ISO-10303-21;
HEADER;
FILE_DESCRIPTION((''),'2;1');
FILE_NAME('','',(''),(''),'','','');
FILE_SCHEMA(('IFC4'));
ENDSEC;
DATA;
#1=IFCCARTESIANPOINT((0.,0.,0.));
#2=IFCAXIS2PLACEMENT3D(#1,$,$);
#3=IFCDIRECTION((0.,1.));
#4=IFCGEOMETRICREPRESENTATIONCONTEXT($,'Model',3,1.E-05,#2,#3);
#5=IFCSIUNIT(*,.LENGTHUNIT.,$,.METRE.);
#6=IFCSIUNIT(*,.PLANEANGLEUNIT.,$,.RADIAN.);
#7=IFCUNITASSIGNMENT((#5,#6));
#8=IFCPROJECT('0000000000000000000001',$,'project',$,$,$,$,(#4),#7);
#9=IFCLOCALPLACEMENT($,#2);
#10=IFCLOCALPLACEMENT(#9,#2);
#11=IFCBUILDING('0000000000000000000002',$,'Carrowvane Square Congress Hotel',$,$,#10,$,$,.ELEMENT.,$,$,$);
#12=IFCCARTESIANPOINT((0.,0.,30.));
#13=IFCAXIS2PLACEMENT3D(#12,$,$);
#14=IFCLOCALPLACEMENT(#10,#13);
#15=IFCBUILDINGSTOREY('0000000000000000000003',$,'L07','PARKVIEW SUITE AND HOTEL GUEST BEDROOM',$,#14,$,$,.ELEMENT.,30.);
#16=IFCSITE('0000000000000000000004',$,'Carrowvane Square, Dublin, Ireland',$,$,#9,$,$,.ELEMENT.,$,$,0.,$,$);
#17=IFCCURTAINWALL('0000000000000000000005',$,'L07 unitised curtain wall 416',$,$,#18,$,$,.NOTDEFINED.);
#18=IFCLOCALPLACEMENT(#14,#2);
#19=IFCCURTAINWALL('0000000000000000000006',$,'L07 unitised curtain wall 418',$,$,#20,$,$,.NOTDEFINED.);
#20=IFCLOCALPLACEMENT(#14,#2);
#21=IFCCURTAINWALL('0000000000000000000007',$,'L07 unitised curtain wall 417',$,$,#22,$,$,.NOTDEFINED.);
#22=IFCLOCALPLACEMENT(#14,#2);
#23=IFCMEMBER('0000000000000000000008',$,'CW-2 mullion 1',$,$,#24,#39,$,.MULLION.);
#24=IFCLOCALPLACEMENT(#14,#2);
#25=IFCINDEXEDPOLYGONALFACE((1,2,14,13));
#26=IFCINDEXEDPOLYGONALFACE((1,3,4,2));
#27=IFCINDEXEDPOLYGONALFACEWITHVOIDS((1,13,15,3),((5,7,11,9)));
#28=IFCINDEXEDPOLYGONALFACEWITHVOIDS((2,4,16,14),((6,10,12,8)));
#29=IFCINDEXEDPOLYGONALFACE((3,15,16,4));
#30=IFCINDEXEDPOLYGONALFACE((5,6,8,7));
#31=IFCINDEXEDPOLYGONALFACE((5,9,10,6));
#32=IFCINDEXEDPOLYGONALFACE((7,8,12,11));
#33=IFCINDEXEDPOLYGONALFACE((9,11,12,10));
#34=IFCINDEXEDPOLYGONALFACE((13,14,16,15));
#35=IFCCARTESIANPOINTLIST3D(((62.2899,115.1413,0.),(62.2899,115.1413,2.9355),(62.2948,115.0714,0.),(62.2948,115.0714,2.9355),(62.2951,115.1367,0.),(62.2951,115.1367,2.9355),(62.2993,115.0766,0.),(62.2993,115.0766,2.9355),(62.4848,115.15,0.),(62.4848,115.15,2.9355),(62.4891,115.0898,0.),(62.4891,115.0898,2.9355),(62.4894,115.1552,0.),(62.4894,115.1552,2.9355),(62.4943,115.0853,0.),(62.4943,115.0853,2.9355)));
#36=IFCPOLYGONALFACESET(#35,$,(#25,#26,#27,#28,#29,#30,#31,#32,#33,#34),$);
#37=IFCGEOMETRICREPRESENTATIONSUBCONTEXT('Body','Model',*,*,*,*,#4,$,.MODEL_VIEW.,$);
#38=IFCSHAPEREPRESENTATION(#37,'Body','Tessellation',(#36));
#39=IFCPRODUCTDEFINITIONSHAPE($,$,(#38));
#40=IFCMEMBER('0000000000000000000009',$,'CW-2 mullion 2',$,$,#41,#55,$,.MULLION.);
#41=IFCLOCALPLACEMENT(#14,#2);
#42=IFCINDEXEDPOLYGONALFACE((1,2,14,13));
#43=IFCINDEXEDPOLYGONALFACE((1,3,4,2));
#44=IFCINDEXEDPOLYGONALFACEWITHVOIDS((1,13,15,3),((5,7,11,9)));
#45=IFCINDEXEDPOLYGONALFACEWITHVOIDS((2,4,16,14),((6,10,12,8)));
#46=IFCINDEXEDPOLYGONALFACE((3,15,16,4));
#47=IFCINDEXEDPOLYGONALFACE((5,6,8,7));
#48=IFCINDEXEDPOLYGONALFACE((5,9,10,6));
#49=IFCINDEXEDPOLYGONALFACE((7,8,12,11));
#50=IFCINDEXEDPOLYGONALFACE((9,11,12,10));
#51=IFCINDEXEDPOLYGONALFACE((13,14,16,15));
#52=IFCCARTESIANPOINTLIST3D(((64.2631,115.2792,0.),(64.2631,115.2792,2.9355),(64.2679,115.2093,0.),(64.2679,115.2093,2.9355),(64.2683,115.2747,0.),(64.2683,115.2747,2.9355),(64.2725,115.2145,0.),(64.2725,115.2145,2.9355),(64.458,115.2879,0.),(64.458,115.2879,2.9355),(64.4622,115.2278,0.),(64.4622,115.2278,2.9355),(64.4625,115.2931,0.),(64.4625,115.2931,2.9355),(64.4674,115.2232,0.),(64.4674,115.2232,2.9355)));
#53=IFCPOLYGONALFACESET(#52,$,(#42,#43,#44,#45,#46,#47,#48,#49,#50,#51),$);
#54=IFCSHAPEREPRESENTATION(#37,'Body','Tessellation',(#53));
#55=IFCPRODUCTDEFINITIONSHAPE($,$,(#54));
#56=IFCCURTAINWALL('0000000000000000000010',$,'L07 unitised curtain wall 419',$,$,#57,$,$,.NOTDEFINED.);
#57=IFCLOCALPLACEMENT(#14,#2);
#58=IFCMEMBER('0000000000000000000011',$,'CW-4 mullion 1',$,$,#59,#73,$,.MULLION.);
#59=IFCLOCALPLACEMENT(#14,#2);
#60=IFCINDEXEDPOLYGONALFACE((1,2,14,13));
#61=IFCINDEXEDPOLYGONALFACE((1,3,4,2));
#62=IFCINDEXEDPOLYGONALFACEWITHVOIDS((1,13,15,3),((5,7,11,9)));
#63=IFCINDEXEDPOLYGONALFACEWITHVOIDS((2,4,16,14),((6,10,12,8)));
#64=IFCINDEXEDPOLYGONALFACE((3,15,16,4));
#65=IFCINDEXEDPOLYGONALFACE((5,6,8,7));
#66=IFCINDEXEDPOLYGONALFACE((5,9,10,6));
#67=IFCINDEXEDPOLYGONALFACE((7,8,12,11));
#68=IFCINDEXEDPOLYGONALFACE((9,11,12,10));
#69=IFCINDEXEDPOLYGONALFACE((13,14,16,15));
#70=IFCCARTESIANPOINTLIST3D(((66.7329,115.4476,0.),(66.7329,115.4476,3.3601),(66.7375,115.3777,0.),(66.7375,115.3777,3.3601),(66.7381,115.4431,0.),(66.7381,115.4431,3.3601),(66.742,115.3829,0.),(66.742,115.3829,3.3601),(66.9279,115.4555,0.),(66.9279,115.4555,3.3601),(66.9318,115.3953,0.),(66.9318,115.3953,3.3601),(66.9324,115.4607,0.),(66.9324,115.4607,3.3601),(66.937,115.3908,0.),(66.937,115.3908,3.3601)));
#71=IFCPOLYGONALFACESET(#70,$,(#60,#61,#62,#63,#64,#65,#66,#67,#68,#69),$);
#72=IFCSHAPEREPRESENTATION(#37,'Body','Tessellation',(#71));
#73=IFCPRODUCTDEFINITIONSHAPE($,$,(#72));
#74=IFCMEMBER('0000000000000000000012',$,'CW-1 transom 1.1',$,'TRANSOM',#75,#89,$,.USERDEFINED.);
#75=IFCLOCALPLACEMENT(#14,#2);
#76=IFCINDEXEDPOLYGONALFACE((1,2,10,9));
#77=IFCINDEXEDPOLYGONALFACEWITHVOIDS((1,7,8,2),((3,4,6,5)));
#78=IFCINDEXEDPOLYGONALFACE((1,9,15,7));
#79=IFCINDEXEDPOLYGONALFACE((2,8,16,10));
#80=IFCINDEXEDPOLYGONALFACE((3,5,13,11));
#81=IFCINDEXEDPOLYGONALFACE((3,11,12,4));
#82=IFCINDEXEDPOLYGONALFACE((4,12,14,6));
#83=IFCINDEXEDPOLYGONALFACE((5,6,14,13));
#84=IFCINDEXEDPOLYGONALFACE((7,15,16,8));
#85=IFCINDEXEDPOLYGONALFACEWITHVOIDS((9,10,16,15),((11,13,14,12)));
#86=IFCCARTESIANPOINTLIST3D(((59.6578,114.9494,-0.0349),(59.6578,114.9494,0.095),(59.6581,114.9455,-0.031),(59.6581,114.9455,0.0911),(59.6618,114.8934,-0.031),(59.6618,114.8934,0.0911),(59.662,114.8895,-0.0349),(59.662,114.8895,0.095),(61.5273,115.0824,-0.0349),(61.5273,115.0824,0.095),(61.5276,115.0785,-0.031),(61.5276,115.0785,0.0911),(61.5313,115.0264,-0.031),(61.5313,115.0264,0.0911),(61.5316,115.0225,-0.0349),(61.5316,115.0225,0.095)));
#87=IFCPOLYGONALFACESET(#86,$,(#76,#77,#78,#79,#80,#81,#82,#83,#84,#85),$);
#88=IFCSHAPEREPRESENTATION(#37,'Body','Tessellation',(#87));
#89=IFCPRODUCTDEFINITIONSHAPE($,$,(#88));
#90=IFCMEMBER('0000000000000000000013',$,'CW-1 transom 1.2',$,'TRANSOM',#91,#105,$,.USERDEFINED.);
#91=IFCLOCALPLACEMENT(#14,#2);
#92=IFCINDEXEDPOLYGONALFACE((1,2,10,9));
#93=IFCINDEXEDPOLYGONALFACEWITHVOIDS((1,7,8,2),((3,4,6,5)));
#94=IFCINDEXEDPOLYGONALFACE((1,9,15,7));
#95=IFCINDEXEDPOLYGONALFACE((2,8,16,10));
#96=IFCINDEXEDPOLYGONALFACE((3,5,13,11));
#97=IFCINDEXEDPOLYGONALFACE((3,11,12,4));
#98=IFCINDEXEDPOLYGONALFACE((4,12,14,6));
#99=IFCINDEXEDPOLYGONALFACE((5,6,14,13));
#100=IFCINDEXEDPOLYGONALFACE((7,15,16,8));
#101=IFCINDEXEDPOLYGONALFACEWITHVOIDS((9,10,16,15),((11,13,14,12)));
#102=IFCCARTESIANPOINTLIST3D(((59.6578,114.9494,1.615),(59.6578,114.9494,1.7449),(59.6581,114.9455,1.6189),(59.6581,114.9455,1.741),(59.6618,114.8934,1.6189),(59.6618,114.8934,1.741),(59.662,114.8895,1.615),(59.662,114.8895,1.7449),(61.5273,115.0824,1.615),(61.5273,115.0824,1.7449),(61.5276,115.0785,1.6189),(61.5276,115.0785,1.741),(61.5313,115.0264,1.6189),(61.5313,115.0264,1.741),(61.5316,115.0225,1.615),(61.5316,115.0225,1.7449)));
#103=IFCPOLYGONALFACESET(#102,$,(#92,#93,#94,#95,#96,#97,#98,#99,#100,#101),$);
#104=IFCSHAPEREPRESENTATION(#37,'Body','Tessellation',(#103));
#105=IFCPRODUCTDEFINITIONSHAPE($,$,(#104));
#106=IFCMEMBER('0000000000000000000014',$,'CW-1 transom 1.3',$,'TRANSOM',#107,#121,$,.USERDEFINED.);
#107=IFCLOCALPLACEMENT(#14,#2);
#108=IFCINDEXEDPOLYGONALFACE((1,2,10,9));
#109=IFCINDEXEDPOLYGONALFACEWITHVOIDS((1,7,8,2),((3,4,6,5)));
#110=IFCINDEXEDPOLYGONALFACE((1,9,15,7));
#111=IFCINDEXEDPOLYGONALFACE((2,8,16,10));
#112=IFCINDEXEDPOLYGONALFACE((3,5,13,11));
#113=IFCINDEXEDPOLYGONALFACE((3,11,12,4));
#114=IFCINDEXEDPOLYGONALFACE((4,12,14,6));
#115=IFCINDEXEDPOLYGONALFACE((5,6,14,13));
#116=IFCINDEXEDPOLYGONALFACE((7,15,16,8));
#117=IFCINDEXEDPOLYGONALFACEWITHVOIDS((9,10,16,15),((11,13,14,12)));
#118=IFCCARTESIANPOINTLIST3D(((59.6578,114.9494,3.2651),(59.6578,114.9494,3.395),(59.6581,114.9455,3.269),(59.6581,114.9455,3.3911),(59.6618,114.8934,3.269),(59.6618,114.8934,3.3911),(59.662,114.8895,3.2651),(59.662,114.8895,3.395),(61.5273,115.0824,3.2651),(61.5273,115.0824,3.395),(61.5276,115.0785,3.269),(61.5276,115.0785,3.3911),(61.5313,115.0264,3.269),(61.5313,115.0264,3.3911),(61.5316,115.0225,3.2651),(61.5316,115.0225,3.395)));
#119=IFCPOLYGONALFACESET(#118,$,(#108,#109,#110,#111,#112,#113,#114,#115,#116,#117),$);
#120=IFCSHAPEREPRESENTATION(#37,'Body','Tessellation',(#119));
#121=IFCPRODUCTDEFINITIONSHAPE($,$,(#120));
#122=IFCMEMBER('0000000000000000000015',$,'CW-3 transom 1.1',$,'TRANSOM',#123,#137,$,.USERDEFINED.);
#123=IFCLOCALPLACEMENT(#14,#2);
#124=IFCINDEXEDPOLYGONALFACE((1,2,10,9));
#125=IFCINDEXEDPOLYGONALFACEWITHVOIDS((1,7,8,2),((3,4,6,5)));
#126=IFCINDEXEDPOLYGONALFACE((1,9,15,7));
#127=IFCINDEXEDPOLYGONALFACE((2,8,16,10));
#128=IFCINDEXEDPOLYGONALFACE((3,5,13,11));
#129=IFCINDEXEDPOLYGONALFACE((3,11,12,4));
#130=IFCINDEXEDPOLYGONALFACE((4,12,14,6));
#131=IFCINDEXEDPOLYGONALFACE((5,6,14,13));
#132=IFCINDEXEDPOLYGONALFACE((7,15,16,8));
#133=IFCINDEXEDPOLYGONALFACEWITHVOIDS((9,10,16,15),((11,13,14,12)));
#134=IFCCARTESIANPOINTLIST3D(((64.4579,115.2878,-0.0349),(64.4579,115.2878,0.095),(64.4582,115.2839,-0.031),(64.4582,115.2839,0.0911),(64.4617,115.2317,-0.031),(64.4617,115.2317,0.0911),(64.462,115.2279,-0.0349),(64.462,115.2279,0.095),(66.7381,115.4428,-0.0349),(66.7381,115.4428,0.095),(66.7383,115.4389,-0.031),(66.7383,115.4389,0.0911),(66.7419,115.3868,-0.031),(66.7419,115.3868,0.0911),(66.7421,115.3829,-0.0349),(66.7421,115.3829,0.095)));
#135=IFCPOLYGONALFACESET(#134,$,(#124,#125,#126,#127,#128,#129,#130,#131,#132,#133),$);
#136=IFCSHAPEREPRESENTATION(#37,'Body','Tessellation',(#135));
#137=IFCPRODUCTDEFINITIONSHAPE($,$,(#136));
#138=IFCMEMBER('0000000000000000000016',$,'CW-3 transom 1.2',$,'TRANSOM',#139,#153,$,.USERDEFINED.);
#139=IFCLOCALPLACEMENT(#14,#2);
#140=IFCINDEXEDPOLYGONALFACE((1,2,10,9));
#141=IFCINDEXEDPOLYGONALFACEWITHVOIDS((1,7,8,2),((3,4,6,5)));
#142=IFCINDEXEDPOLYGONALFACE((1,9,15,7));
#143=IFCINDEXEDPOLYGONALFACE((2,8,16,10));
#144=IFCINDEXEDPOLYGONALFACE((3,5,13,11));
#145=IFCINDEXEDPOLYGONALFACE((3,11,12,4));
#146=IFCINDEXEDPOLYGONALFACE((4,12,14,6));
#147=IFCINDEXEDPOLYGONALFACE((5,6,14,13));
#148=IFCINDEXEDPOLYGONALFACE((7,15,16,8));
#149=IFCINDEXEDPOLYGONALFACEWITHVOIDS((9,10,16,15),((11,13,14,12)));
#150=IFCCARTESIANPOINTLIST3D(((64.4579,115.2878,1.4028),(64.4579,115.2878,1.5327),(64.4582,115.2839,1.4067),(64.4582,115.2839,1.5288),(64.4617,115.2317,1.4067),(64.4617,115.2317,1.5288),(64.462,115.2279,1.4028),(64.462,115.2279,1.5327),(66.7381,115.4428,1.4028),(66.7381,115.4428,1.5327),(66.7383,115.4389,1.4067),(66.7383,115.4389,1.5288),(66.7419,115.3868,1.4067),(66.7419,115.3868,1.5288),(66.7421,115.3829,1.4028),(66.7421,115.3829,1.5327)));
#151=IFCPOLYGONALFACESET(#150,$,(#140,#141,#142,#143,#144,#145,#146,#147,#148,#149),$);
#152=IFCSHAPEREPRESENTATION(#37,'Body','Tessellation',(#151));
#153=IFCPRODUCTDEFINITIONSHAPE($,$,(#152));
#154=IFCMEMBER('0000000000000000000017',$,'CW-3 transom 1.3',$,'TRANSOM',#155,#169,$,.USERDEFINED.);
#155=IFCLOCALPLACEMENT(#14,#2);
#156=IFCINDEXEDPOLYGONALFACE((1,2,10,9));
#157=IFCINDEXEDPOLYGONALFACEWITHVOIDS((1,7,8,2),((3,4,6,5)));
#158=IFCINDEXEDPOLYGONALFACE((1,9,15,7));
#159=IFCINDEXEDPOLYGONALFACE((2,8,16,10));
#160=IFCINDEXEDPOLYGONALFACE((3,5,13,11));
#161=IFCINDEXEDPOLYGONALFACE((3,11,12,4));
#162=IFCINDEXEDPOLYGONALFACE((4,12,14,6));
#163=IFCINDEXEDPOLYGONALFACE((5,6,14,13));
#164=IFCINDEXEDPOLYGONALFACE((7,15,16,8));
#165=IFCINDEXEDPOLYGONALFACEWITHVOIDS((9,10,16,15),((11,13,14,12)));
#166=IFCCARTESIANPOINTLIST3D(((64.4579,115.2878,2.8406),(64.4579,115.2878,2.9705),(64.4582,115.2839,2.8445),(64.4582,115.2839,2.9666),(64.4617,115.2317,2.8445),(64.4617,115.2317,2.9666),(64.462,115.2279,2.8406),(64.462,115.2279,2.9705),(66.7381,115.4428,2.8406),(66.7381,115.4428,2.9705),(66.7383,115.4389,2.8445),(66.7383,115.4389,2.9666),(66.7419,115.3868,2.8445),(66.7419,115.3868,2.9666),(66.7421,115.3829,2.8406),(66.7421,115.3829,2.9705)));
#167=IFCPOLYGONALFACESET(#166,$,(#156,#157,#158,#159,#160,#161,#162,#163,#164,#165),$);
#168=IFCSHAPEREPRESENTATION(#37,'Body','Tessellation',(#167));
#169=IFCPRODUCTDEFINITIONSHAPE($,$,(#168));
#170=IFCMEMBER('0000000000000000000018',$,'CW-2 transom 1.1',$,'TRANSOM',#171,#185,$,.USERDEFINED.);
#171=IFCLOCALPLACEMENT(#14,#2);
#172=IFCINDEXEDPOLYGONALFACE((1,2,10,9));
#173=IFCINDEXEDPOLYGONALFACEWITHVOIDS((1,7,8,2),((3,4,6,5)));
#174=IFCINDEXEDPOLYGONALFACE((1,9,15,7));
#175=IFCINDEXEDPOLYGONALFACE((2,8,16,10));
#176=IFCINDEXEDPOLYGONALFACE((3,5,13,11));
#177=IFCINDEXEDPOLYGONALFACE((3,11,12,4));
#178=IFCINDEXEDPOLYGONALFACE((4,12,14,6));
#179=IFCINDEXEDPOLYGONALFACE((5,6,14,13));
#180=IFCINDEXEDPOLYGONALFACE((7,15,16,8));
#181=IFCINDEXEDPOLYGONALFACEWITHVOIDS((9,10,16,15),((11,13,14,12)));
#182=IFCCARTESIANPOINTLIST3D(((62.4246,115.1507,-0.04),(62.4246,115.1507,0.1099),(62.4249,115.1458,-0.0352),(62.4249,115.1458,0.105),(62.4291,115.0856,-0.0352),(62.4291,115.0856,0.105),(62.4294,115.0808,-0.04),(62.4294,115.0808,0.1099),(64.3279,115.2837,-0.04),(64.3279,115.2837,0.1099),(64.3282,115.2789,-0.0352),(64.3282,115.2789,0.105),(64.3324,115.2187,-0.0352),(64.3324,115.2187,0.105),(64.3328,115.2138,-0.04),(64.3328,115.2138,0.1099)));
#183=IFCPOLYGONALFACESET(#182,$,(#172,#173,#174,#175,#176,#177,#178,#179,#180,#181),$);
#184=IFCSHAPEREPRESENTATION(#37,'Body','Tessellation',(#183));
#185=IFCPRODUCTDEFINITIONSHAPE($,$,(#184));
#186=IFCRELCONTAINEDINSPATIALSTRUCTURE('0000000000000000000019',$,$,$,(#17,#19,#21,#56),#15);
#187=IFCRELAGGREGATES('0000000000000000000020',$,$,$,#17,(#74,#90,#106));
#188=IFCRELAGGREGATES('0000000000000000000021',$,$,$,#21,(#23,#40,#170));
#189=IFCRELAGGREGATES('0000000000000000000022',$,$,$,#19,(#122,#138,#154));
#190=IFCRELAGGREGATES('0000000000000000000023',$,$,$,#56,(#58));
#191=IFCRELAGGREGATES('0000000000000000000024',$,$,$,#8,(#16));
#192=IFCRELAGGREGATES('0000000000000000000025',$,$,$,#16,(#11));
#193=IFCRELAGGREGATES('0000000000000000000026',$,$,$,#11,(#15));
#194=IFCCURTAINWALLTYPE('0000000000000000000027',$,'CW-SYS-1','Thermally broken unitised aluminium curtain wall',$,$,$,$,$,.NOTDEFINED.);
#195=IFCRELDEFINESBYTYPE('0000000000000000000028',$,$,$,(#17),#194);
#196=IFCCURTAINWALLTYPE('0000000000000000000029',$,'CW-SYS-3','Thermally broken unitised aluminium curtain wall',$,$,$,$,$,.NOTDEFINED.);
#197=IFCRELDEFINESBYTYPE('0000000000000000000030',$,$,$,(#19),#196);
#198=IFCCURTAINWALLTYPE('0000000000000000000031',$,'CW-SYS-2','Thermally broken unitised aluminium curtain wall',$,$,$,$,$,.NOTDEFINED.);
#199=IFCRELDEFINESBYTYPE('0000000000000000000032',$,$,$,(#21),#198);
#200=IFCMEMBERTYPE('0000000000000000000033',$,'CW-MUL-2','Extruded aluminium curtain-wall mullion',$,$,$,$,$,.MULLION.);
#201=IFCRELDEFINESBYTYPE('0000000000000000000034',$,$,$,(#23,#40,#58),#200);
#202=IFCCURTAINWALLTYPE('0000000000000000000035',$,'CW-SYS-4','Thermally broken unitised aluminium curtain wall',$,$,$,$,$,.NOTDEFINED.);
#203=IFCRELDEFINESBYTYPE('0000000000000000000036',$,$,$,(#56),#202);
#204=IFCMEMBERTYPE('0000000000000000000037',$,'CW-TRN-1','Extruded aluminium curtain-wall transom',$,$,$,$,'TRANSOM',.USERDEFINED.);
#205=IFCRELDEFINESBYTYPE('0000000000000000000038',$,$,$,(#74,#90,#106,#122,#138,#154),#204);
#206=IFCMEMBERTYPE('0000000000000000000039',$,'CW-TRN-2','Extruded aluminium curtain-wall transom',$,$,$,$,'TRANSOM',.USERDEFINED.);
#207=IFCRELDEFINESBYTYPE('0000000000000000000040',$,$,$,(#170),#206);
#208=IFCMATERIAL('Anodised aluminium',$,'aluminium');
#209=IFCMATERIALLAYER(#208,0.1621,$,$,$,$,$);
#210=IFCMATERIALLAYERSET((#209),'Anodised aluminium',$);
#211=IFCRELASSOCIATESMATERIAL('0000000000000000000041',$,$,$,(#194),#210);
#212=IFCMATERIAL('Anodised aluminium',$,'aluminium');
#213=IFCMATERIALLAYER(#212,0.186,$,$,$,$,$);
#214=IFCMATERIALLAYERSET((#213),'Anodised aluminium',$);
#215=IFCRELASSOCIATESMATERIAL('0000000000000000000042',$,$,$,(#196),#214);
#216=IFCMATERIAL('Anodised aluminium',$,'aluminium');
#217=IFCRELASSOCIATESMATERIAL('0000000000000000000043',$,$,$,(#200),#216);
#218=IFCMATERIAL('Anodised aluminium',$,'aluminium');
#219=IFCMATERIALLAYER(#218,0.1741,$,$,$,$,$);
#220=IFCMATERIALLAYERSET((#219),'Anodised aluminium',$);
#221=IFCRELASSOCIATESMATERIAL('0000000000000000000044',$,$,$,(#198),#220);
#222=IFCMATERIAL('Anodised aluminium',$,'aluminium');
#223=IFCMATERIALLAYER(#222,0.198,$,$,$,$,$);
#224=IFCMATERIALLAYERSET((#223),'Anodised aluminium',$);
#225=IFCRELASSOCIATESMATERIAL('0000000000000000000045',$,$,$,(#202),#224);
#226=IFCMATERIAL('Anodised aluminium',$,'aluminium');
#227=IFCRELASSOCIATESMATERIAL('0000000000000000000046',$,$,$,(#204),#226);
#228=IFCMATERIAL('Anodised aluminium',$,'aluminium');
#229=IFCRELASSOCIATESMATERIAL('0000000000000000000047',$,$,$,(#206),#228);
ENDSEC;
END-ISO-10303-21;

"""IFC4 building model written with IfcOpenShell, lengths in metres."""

from ifc_helpers import new_model, si_unit, direction, frame, origin, origin_2d, place, context, subcontext, project, spatial, hollow_rectangle, extrude, material, layer, layer_set, material_profile, profile_set, type_object, element, aggregate, save


model = new_model("IFC4")

# Units and contexts
model_context = context("Model", 3, precision=1e-05, world=origin(), true_north=direction((0.0, 1.0)))
body_context = subcontext(model_context, "Body", "Model", "MODEL_VIEW")
ifc_project = project(units=[si_unit("LENGTHUNIT", "METRE"), si_unit("PLANEANGLEUNIT", "RADIAN")], contexts=[model_context])

# Site, building, storey
site_placement = place(None, origin())
site = spatial("IfcSite", under=ifc_project, at=site_placement, Name="Carrowvane Square, Dublin, Ireland", CompositionType="ELEMENT", RefElevation=0.0)
building_placement = place(site_placement, origin())
building = spatial("IfcBuilding", under=site, at=building_placement, Name="Carrowvane Square Congress Hotel", CompositionType="ELEMENT")
storey_placement = place(building_placement, frame((0.0, 0.0, 30.0)))
storey = spatial("IfcBuildingStorey", under=building, at=storey_placement, Name="L07", Description="PARKVIEW SUITE AND HOTEL GUEST BEDROOM", CompositionType="ELEMENT", Elevation=30.0)

# Curtain walls
ifc_material_1 = material(Name="Anodised aluminium", Category="aluminium")
ifc_layer_1 = layer(ifc_material_1, 0.1621)
ifc_layer_set_1 = layer_set([ifc_layer_1], Name="Anodised aluminium")
curtain_wall_type_1 = type_object("IfcCurtainWallType", Name="CW-SYS-1", Description="Thermally broken unitised aluminium curtain wall", PredefinedType="NOTDEFINED", material=ifc_layer_set_1)
curtain_wall_1_placement = place(storey_placement, origin())
curtain_wall_1 = element("IfcCurtainWall", 1, at=curtain_wall_1_placement, inside=storey, type_object=curtain_wall_type_1, Name="L07 unitised curtain wall 416", PredefinedType="NOTDEFINED")
ifc_material_2 = material(Name="Anodised aluminium", Category="aluminium")
ifc_layer_2 = layer(ifc_material_2, 0.186)
ifc_layer_set_2 = layer_set([ifc_layer_2], Name="Anodised aluminium")
curtain_wall_type_2 = type_object("IfcCurtainWallType", Name="CW-SYS-3", Description="Thermally broken unitised aluminium curtain wall", PredefinedType="NOTDEFINED", material=ifc_layer_set_2)
curtain_wall_2_placement = place(storey_placement, origin())
curtain_wall_2 = element("IfcCurtainWall", 2, at=curtain_wall_2_placement, inside=storey, type_object=curtain_wall_type_2, Name="L07 unitised curtain wall 418", PredefinedType="NOTDEFINED")

# Shared definitions
ifc_material_3 = material(Name="Anodised aluminium", Category="aluminium")
ifc_material_profile_1 = material_profile(ifc_material_3, hollow_rectangle(XDim=0.0701, YDim=0.2, WallThickness=0.0049, at=origin_2d()), Name="CW-ML 70x200x5")
ifc_profile_set_1 = profile_set([ifc_material_profile_1], Name="Anodised aluminium")
member_type_1 = type_object("IfcMemberType", Name="CW-MUL-2", Description="Extruded aluminium curtain-wall mullion", PredefinedType="MULLION", material=ifc_profile_set_1)

# Curtain wall, members
ifc_material_4 = material(Name="Anodised aluminium", Category="aluminium")
ifc_layer_3 = layer(ifc_material_4, 0.1741)
ifc_layer_set_3 = layer_set([ifc_layer_3], Name="Anodised aluminium")
curtain_wall_type_3 = type_object("IfcCurtainWallType", Name="CW-SYS-2", Description="Thermally broken unitised aluminium curtain wall", PredefinedType="NOTDEFINED", material=ifc_layer_set_3)
curtain_wall_3_placement = place(storey_placement, origin())
curtain_wall_3 = element("IfcCurtainWall", 3, at=curtain_wall_3_placement, inside=storey, type_object=curtain_wall_type_3, Name="L07 unitised curtain wall 417", PredefinedType="NOTDEFINED")
member_1_placement = place(storey_placement, frame((62.3921, 115.1133, 0.0), z_axis=(0.0, 0.0, 1.0), x_axis=(-0.069724, 0.997566, 0.0)))
member_1 = element("IfcMember", 4, at=member_1_placement, type_object=member_type_1, Name="CW-2 mullion 1", PredefinedType="MULLION", context=body_context, shape_type="SweptSolid", body=[
    extrude(hollow_rectangle(XDim=0.0701, YDim=0.2, WallThickness=0.0049, at=origin_2d()), origin(), (0.0, 0.0, 1.0), 2.9355),
])
member_2_placement = place(storey_placement, frame((64.3652, 115.2512, 0.0), z_axis=(0.0, 0.0, 1.0), x_axis=(-0.069724, 0.997566, 0.0)))
member_2 = element("IfcMember", 5, at=member_2_placement, type_object=member_type_1, Name="CW-2 mullion 2", PredefinedType="MULLION", context=body_context, shape_type="SweptSolid", body=[
    extrude(hollow_rectangle(XDim=0.0701, YDim=0.2, WallThickness=0.0049, at=origin_2d()), origin(), (0.0, 0.0, 1.0), 2.9355),
])

# Curtain wall, member
ifc_material_5 = material(Name="Anodised aluminium", Category="aluminium")
ifc_layer_4 = layer(ifc_material_5, 0.198)
ifc_layer_set_4 = layer_set([ifc_layer_4], Name="Anodised aluminium")
curtain_wall_type_4 = type_object("IfcCurtainWallType", Name="CW-SYS-4", Description="Thermally broken unitised aluminium curtain wall", PredefinedType="NOTDEFINED", material=ifc_layer_set_4)
curtain_wall_4_placement = place(storey_placement, origin())
curtain_wall_4 = element("IfcCurtainWall", 6, at=curtain_wall_4_placement, inside=storey, type_object=curtain_wall_type_4, Name="L07 unitised curtain wall 419", PredefinedType="NOTDEFINED")
member_3_placement = place(storey_placement, frame((66.835, 115.4192, 0.0), z_axis=(0.0, 0.0, 1.0), x_axis=(-0.065412, 0.997858, 0.0)))
member_3 = element("IfcMember", 7, at=member_3_placement, type_object=member_type_1, Name="CW-4 mullion 1", PredefinedType="MULLION", context=body_context, shape_type="SweptSolid", body=[
    extrude(hollow_rectangle(XDim=0.0701, YDim=0.2, WallThickness=0.0049, at=origin_2d()), origin(), (0.0, 0.0, 1.0), 3.3601),
])

# Members
ifc_material_6 = material(Name="Anodised aluminium", Category="aluminium")
ifc_material_profile_2 = material_profile(ifc_material_6, hollow_rectangle(XDim=0.0601, YDim=0.1299, WallThickness=0.0039, at=origin_2d()), Name="CW-TR 60x130x4")
ifc_profile_set_2 = profile_set([ifc_material_profile_2], Name="Anodised aluminium")
member_type_2 = type_object("IfcMemberType", Name="CW-TRN-1", Description="Extruded aluminium curtain-wall transom", ElementType="TRANSOM", PredefinedType="USERDEFINED", material=ifc_profile_set_2)
member_4_placement = place(storey_placement, frame((59.6599, 114.9194, 0.03), z_axis=(0.997477, 0.070988, 0.0), x_axis=(-0.070988, 0.997477, 0.0)))
member_4 = element("IfcMember", 8, at=member_4_placement, type_object=member_type_2, Name="CW-1 transom 1.1", ObjectType="TRANSOM", PredefinedType="USERDEFINED", context=body_context, shape_type="SweptSolid", body=[
    extrude(hollow_rectangle(XDim=0.0601, YDim=0.1299, WallThickness=0.0039, at=origin_2d()), origin(), (0.0, 0.0, 1.0), 1.8743),
])
member_5_placement = place(storey_placement, frame((59.6599, 114.9194, 1.6799), z_axis=(0.997477, 0.070988, 0.0), x_axis=(-0.070988, 0.997477, 0.0)))
member_5 = element("IfcMember", 9, at=member_5_placement, type_object=member_type_2, Name="CW-1 transom 1.2", ObjectType="TRANSOM", PredefinedType="USERDEFINED", context=body_context, shape_type="SweptSolid", body=[
    extrude(hollow_rectangle(XDim=0.0601, YDim=0.1299, WallThickness=0.0039, at=origin_2d()), origin(), (0.0, 0.0, 1.0), 1.8743),
])
member_6_placement = place(storey_placement, frame((59.6599, 114.9194, 3.3301), z_axis=(0.997477, 0.070988, 0.0), x_axis=(-0.070988, 0.997477, 0.0)))
member_6 = element("IfcMember", 10, at=member_6_placement, type_object=member_type_2, Name="CW-1 transom 1.3", ObjectType="TRANSOM", PredefinedType="USERDEFINED", context=body_context, shape_type="SweptSolid", body=[
    extrude(hollow_rectangle(XDim=0.0601, YDim=0.1299, WallThickness=0.0039, at=origin_2d()), origin(), (0.0, 0.0, 1.0), 1.8743),
])
member_7_placement = place(storey_placement, frame((64.46, 115.2578, 0.03), z_axis=(0.997696, 0.067838, 0.0), x_axis=(-0.067838, 0.997696, 0.0)))
member_7 = element("IfcMember", 11, at=member_7_placement, type_object=member_type_2, Name="CW-3 transom 1.1", ObjectType="TRANSOM", PredefinedType="USERDEFINED", context=body_context, shape_type="SweptSolid", body=[
    extrude(hollow_rectangle(XDim=0.0601, YDim=0.1299, WallThickness=0.0039, at=origin_2d()), origin(), (0.0, 0.0, 1.0), 2.2854),
])
member_8_placement = place(storey_placement, frame((64.46, 115.2578, 1.4678), z_axis=(0.997696, 0.067838, 0.0), x_axis=(-0.067838, 0.997696, 0.0)))
member_8 = element("IfcMember", 12, at=member_8_placement, type_object=member_type_2, Name="CW-3 transom 1.2", ObjectType="TRANSOM", PredefinedType="USERDEFINED", context=body_context, shape_type="SweptSolid", body=[
    extrude(hollow_rectangle(XDim=0.0601, YDim=0.1299, WallThickness=0.0039, at=origin_2d()), origin(), (0.0, 0.0, 1.0), 2.2854),
])
member_9_placement = place(storey_placement, frame((64.46, 115.2578, 2.9055), z_axis=(0.997696, 0.067838, 0.0), x_axis=(-0.067838, 0.997696, 0.0)))
member_9 = element("IfcMember", 13, at=member_9_placement, type_object=member_type_2, Name="CW-3 transom 1.3", ObjectType="TRANSOM", PredefinedType="USERDEFINED", context=body_context, shape_type="SweptSolid", body=[
    extrude(hollow_rectangle(XDim=0.0601, YDim=0.1299, WallThickness=0.0039, at=origin_2d()), origin(), (0.0, 0.0, 1.0), 2.2854),
])
ifc_material_7 = material(Name="Anodised aluminium", Category="aluminium")
ifc_material_profile_3 = material_profile(ifc_material_7, hollow_rectangle(XDim=0.0701, YDim=0.1499, WallThickness=0.0049, at=origin_2d()), Name="CW-TR 70x150x5")
ifc_profile_set_3 = profile_set([ifc_material_profile_3], Name="Anodised aluminium")
member_type_3 = type_object("IfcMemberType", Name="CW-TRN-2", Description="Extruded aluminium curtain-wall transom", ElementType="TRANSOM", PredefinedType="USERDEFINED", material=ifc_profile_set_3)
member_10_placement = place(storey_placement, frame((62.427, 115.1157, 0.0349), z_axis=(0.997565, 0.069737, 0.0), x_axis=(-0.069737, 0.997565, 0.0)))
member_10 = element("IfcMember", 14, at=member_10_placement, type_object=member_type_3, Name="CW-2 transom 1.1", ObjectType="TRANSOM", PredefinedType="USERDEFINED", context=body_context, shape_type="SweptSolid", body=[
    extrude(hollow_rectangle(XDim=0.0701, YDim=0.1499, WallThickness=0.0049, at=origin_2d()), origin(), (0.0, 0.0, 1.0), 1.908),
])

aggregate(curtain_wall_1, [member_4, member_5, member_6])
aggregate(curtain_wall_3, [member_1, member_2, member_10])
aggregate(curtain_wall_2, [member_7, member_8, member_9])
aggregate(curtain_wall_4, [member_3])

save(model, "model.ifc")
